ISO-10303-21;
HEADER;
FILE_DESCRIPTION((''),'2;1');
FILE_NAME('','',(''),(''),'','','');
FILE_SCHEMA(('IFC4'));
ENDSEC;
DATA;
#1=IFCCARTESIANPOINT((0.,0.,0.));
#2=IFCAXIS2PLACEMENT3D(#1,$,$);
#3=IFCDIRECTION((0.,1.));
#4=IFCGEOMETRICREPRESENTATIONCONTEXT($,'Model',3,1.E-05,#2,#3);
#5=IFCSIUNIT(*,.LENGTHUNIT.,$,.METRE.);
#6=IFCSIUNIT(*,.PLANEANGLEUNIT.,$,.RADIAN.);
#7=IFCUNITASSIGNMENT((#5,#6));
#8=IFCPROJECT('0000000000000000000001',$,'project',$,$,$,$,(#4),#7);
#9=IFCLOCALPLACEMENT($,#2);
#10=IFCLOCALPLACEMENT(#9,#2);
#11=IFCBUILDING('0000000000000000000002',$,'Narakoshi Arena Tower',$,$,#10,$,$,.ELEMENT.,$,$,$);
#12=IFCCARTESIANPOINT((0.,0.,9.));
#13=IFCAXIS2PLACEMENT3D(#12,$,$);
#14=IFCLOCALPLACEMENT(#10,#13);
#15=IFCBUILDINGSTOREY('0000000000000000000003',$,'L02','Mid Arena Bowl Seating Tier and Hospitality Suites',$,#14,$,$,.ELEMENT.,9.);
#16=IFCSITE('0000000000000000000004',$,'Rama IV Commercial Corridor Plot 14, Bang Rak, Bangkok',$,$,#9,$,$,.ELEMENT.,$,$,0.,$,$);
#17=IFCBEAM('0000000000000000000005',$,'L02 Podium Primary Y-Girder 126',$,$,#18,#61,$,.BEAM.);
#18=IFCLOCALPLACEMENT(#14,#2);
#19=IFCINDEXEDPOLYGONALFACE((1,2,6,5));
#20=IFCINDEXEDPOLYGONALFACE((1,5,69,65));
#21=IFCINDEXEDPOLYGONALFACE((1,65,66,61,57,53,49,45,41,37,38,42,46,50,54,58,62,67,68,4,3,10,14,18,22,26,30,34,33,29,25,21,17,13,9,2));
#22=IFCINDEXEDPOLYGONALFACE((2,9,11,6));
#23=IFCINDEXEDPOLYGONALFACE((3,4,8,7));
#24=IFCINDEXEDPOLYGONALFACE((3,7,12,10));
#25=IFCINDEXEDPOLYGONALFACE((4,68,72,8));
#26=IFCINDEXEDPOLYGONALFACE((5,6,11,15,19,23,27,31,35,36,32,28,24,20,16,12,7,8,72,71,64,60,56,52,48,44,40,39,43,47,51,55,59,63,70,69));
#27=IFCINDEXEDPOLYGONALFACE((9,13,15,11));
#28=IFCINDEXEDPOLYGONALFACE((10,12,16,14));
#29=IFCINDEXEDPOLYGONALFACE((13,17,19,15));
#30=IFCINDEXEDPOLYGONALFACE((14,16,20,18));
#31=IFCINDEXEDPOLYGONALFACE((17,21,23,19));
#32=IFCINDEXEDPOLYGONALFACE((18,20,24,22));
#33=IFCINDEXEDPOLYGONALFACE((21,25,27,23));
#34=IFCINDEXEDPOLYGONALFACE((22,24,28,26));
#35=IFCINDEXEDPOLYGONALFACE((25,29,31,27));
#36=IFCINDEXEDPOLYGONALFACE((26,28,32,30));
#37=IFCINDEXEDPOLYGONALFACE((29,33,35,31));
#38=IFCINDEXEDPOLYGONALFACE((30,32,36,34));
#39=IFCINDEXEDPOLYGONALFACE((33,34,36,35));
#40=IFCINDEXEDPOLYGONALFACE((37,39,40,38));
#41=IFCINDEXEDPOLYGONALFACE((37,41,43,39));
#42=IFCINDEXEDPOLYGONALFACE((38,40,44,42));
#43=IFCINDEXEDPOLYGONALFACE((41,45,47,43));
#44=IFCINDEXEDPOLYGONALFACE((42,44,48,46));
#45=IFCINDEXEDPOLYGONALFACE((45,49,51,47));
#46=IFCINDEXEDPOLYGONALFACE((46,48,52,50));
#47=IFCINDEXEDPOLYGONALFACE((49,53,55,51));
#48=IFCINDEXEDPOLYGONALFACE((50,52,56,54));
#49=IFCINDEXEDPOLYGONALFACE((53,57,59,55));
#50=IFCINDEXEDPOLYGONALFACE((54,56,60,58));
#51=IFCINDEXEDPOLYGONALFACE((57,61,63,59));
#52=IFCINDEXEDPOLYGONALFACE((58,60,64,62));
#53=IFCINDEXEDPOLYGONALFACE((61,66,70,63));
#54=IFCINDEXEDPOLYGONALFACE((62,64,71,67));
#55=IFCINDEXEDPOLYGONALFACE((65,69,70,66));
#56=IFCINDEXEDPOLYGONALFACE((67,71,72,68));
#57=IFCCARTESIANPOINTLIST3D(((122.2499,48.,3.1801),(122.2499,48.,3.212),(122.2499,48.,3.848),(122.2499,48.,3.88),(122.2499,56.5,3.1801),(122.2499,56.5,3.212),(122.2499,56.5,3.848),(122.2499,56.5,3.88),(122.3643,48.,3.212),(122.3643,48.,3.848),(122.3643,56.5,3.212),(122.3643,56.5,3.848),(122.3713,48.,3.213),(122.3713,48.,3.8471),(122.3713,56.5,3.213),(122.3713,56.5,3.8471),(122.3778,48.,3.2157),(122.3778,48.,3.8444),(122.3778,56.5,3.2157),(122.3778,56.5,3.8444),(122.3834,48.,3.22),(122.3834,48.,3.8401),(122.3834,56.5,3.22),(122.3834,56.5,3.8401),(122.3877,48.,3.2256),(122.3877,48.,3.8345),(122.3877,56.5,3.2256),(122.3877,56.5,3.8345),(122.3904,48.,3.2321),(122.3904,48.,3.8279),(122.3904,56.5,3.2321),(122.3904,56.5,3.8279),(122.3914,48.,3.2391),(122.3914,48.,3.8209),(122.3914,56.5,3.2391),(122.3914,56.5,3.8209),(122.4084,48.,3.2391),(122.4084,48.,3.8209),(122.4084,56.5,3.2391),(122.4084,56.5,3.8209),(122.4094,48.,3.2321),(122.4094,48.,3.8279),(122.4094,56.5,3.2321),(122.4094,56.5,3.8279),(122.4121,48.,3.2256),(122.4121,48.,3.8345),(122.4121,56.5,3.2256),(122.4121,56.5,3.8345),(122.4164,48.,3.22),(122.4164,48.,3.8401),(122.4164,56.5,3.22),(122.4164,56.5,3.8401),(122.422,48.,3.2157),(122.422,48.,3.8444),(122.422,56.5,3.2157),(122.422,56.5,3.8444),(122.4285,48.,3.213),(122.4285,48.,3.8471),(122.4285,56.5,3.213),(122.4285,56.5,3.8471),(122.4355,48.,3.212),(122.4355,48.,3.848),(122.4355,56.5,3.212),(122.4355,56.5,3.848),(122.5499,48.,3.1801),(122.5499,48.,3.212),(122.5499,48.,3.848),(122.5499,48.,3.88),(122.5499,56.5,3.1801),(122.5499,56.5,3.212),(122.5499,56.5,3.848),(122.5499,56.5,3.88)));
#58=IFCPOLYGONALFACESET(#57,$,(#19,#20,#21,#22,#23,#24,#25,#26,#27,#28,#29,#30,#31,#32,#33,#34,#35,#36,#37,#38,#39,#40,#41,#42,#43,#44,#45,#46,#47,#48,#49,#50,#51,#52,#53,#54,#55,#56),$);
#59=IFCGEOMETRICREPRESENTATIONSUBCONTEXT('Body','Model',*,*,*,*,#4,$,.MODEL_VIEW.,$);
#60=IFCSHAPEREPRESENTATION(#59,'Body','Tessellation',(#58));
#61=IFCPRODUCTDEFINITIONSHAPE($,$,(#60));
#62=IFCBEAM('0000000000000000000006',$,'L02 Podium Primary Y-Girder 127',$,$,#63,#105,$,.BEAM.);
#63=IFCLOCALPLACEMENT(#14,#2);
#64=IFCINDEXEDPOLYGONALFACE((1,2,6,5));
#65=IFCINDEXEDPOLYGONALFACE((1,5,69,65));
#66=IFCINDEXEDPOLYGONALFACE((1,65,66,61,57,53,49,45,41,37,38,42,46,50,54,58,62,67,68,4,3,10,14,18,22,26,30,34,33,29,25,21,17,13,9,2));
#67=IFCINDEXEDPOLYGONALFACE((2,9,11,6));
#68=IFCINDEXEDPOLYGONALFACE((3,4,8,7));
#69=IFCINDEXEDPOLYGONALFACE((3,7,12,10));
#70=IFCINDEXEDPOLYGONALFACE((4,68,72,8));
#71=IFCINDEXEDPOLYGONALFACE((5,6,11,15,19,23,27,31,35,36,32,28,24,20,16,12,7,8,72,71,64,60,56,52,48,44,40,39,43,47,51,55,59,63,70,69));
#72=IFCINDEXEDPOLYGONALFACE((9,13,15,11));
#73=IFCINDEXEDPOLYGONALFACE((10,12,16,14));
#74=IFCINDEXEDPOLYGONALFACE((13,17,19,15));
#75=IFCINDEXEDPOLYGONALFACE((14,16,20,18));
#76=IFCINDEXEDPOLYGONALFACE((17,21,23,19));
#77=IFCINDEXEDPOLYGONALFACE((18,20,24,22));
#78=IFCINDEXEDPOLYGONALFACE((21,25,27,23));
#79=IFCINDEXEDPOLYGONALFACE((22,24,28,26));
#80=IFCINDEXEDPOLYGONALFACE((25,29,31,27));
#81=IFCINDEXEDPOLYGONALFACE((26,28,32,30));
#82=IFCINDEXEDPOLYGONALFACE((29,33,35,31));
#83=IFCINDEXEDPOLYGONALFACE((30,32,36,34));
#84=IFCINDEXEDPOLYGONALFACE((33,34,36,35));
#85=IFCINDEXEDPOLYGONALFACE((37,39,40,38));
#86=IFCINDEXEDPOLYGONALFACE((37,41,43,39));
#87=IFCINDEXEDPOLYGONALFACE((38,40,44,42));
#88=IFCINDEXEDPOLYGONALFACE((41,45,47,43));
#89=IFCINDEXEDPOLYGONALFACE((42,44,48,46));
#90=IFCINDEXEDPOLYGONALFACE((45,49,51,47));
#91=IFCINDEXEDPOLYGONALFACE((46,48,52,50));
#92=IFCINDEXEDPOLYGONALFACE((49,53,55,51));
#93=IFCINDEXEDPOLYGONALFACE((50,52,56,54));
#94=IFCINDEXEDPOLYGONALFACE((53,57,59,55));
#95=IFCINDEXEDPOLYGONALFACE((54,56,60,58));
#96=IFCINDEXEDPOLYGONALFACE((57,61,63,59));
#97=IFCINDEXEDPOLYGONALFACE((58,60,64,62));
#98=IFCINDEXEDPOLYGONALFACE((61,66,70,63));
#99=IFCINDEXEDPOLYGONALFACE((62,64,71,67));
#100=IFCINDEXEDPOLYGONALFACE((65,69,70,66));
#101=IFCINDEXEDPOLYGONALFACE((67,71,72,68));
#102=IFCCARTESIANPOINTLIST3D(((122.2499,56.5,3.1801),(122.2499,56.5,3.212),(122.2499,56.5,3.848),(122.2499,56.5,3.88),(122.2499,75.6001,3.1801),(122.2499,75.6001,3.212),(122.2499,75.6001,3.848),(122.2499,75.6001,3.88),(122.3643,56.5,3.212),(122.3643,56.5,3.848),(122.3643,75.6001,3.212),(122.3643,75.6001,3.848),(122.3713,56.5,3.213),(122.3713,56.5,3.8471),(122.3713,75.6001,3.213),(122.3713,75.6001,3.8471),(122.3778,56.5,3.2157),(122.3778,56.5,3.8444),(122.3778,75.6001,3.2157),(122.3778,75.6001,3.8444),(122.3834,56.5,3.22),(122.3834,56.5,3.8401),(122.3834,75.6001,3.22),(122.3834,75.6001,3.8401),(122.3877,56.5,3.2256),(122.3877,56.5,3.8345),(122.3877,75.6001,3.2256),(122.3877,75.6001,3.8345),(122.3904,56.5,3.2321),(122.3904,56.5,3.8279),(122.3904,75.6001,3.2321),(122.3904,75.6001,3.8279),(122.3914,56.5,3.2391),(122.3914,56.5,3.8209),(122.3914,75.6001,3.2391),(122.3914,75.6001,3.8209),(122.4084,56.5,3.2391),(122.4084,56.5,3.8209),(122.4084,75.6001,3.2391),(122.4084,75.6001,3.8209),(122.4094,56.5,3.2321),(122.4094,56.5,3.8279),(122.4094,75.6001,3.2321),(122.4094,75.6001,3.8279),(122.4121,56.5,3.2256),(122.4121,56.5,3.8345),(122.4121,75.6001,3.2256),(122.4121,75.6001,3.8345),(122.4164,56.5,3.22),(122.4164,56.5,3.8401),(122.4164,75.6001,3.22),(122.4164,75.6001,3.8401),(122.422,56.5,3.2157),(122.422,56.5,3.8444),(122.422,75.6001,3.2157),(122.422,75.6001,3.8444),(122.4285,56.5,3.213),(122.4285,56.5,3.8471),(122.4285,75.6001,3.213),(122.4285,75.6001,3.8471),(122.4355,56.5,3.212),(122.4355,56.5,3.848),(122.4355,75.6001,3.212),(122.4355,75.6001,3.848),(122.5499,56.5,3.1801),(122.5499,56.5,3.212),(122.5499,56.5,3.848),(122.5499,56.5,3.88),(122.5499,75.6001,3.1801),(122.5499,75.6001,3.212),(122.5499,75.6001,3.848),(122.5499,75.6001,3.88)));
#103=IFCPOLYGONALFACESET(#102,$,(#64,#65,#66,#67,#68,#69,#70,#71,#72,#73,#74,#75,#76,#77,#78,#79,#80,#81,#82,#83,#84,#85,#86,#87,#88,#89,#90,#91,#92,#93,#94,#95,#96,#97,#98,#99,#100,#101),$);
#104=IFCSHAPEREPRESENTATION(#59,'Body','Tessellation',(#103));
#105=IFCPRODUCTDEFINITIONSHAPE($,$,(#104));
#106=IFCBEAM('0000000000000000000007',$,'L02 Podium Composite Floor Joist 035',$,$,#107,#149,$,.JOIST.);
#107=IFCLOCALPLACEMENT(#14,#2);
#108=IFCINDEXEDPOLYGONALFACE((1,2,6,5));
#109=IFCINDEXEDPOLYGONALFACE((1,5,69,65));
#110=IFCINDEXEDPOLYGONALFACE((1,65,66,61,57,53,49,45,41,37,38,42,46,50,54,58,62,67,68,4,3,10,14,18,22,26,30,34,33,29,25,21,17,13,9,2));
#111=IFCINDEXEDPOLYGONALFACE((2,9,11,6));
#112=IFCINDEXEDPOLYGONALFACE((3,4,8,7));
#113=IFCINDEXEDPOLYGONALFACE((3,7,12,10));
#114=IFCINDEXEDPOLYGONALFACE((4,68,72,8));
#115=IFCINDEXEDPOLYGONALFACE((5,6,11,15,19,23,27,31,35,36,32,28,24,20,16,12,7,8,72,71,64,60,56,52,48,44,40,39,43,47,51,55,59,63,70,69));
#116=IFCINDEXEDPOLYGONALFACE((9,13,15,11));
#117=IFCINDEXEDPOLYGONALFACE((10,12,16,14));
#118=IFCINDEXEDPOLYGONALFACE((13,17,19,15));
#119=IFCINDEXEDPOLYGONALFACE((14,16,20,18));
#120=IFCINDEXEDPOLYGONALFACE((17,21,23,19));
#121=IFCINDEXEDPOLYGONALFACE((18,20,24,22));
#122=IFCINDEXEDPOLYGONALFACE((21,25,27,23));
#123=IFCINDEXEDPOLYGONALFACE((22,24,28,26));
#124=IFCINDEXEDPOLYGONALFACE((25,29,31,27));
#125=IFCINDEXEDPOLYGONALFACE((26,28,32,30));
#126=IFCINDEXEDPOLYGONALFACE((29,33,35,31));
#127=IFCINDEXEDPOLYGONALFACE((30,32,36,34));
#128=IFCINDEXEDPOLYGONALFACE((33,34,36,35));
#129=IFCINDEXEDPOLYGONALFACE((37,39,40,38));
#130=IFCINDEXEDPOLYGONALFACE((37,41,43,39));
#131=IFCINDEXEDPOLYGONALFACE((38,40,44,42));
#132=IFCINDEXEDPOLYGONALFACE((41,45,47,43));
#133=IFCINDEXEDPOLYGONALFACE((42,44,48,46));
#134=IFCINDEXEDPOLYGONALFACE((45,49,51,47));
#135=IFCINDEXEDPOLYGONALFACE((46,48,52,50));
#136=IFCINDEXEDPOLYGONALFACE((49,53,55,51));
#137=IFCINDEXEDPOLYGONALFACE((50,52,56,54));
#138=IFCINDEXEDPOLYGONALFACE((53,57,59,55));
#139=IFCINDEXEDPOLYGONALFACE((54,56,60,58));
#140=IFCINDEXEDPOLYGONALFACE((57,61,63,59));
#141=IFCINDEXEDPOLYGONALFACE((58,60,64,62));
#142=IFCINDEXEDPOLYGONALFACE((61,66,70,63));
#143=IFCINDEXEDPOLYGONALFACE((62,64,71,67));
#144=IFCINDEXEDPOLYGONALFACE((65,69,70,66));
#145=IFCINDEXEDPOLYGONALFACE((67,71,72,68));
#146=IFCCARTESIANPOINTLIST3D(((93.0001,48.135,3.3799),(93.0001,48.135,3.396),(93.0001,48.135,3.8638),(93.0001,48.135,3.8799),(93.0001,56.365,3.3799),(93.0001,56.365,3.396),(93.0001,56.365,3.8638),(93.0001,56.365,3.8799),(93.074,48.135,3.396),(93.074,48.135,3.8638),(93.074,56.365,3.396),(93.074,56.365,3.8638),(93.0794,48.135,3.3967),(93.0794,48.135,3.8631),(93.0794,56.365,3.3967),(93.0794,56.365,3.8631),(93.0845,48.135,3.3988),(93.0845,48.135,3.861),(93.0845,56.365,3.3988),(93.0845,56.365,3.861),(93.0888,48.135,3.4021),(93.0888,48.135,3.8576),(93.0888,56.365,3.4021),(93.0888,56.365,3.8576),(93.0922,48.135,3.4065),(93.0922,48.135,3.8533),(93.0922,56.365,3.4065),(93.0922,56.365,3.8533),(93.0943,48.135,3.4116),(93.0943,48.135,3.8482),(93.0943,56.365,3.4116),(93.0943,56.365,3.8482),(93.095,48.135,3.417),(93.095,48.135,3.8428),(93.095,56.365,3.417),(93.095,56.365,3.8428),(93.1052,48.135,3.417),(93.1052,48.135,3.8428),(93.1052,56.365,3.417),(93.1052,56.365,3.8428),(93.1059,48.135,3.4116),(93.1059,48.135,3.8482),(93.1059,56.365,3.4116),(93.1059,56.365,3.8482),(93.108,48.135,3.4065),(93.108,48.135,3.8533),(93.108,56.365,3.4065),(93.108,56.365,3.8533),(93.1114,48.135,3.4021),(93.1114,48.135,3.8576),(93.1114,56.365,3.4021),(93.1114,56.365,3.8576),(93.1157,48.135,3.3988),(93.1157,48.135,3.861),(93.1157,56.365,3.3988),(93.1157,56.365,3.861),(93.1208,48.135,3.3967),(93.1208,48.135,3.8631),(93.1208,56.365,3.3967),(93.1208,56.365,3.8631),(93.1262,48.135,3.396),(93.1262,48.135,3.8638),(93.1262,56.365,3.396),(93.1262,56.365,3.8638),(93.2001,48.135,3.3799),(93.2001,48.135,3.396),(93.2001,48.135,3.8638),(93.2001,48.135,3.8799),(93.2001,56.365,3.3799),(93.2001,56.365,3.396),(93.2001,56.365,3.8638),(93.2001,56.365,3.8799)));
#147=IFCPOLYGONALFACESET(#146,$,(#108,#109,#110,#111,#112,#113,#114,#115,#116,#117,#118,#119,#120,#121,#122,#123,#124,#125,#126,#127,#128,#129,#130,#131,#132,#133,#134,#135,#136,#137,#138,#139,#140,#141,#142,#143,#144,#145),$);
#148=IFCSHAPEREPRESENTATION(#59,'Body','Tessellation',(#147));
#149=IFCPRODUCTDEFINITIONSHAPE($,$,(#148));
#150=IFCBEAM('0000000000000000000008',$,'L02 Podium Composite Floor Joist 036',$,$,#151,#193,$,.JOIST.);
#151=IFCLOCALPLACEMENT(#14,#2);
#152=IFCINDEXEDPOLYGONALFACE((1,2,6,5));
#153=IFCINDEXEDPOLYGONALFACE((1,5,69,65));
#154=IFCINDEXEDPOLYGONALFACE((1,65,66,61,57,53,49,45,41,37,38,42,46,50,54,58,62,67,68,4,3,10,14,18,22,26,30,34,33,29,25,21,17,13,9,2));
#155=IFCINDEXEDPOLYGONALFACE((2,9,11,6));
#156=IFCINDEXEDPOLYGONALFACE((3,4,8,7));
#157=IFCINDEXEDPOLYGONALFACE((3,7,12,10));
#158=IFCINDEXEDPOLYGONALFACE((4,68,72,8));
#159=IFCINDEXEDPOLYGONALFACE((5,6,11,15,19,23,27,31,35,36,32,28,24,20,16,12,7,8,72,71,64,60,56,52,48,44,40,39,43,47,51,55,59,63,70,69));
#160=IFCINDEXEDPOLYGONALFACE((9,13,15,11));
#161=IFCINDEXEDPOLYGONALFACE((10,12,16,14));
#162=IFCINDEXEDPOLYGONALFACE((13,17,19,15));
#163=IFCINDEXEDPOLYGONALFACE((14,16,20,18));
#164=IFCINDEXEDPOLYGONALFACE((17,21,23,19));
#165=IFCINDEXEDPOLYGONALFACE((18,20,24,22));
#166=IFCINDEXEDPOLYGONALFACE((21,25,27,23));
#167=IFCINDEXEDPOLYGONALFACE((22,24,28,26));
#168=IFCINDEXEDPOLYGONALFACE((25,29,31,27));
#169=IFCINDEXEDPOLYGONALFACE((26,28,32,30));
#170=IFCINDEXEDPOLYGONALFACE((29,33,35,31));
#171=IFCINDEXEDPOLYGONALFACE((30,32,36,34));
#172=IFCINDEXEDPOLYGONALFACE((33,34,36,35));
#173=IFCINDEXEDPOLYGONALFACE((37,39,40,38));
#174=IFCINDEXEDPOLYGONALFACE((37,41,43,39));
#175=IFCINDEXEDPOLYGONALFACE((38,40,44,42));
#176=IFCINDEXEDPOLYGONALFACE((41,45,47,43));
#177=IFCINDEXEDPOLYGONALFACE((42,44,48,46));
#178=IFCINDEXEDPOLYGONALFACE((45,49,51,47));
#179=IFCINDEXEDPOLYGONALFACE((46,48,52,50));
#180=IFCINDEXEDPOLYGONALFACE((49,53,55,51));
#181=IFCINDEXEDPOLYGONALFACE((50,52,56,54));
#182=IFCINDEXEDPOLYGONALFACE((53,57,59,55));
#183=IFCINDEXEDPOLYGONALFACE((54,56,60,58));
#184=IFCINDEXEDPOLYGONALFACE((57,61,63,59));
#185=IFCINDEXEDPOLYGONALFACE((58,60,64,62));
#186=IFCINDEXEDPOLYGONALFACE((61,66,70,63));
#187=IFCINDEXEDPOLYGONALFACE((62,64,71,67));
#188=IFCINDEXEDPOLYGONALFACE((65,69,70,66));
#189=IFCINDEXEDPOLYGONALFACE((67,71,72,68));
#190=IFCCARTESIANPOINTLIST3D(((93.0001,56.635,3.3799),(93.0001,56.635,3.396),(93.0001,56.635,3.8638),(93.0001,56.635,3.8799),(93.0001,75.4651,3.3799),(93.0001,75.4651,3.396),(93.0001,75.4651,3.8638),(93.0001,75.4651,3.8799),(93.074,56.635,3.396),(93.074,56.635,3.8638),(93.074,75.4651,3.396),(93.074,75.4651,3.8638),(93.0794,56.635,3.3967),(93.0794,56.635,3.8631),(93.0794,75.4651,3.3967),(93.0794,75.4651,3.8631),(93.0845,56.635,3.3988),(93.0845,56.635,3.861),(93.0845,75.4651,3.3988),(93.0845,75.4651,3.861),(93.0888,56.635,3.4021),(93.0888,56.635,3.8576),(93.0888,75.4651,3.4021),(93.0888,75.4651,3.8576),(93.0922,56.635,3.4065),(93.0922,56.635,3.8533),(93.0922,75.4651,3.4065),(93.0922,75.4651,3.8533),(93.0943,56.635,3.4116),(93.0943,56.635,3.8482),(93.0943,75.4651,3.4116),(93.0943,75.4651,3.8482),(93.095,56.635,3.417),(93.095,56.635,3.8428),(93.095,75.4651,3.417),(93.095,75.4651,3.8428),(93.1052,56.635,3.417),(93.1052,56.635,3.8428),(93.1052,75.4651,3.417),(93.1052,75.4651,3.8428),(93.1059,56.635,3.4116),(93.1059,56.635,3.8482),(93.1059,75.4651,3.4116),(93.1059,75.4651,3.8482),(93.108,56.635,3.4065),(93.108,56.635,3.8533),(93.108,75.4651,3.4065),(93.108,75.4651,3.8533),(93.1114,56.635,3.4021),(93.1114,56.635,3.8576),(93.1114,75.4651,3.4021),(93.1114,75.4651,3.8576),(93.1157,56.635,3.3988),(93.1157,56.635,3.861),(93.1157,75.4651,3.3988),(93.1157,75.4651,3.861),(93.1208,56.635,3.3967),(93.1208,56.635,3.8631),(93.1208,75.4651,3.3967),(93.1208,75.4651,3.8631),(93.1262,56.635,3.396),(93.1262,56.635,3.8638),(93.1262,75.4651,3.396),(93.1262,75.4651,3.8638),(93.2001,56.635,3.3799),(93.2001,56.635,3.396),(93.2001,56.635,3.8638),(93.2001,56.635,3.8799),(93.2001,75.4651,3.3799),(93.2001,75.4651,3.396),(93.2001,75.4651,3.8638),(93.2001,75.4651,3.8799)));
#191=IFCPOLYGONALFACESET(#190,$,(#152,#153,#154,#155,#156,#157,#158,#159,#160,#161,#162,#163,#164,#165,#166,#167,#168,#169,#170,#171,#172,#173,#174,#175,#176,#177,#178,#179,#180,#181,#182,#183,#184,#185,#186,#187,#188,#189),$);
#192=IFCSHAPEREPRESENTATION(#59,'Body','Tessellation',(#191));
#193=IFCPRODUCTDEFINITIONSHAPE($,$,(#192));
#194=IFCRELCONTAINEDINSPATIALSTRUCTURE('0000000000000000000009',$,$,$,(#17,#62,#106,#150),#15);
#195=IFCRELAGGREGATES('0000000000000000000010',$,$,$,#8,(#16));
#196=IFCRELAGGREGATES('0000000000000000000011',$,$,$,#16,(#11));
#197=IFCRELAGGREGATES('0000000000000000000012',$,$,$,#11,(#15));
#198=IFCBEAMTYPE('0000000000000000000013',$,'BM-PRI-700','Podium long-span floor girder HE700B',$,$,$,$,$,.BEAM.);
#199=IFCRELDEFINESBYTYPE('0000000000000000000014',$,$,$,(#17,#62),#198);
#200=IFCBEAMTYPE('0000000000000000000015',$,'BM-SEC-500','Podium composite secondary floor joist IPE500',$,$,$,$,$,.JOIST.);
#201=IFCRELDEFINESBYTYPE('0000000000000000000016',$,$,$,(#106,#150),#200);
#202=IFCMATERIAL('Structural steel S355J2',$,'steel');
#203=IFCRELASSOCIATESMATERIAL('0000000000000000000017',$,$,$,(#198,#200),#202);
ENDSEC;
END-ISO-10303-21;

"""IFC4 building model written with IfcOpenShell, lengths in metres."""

from ifc_helpers import new_model, si_unit, direction, frame, origin, origin_2d, place, context, subcontext, project, spatial, i_section, extrude, material, material_profile, profile_set, type_object, element, save


model = new_model("IFC4")

# Units and contexts
model_context = context("Model", 3, precision=1e-05, world=origin(), true_north=direction((0.0, 1.0)))
body_context = subcontext(model_context, "Body", "Model", "MODEL_VIEW")
ifc_project = project(units=[si_unit("LENGTHUNIT", "METRE"), si_unit("PLANEANGLEUNIT", "RADIAN")], contexts=[model_context])

# Site, building, storey
site_placement = place(None, origin())
site = spatial("IfcSite", under=ifc_project, at=site_placement, Name="Rama IV Commercial Corridor Plot 14, Bang Rak, Bangkok", CompositionType="ELEMENT", RefElevation=0.0)
building_placement = place(site_placement, origin())
building = spatial("IfcBuilding", under=site, at=building_placement, Name="Narakoshi Arena Tower", CompositionType="ELEMENT")
storey_placement = place(building_placement, frame((0.0, 0.0, 9.0)))
storey = spatial("IfcBuildingStorey", under=building, at=storey_placement, Name="L02", Description="Mid Arena Bowl Seating Tier and Hospitality Suites", CompositionType="ELEMENT", Elevation=9.0)

# Beams
ifc_material_1 = material(Name="Structural steel S355J2", Category="steel")
ifc_material_profile_1 = material_profile(ifc_material_1, i_section(OverallWidth=0.3, OverallDepth=0.7, WebThickness=0.0171, FlangeThickness=0.032, FilletRadius=0.0271, at=origin_2d()), Name="HE700B")
ifc_profile_set_1 = profile_set([ifc_material_profile_1], Name="Structural steel S355J2")
beam_type_1 = type_object("IfcBeamType", Name="BM-PRI-700", Description="Podium long-span floor girder HE700B", PredefinedType="BEAM", material=ifc_profile_set_1)
beam_1_placement = place(storey_placement, frame((122.3999, 48.0, 3.53), z_axis=(0.0, 1.0, 0.0), x_axis=(-1.0, 0.0, 0.0)))
element("IfcBeam", 1, at=beam_1_placement, inside=storey, type_object=beam_type_1, Name="L02 Podium Primary Y-Girder 126", PredefinedType="BEAM", context=body_context, shape_type="SweptSolid", body=[
    extrude(i_section(OverallWidth=0.3, OverallDepth=0.7, WebThickness=0.0171, FlangeThickness=0.032, FilletRadius=0.0271, at=origin_2d()), origin(), (0.0, 0.0, 1.0), 8.5),
])
beam_2_placement = place(storey_placement, frame((122.3999, 56.5, 3.53), z_axis=(0.0, 1.0, 0.0), x_axis=(-1.0, 0.0, 0.0)))
element("IfcBeam", 2, at=beam_2_placement, inside=storey, type_object=beam_type_1, Name="L02 Podium Primary Y-Girder 127", PredefinedType="BEAM", context=body_context, shape_type="SweptSolid", body=[
    extrude(i_section(OverallWidth=0.3, OverallDepth=0.7, WebThickness=0.0171, FlangeThickness=0.032, FilletRadius=0.0271, at=origin_2d()), origin(), (0.0, 0.0, 1.0), 19.1001),
])
ifc_material_profile_2 = material_profile(ifc_material_1, i_section(OverallWidth=0.2, OverallDepth=0.5, WebThickness=0.0103, FlangeThickness=0.0161, FilletRadius=0.021, at=origin_2d()), Name="IPE500")
ifc_profile_set_2 = profile_set([ifc_material_profile_2], Name="Structural steel S355J2")
beam_type_2 = type_object("IfcBeamType", Name="BM-SEC-500", Description="Podium composite secondary floor joist IPE500", PredefinedType="JOIST", material=ifc_profile_set_2)
beam_3_placement = place(storey_placement, frame((93.1001, 48.135, 3.6299), z_axis=(0.0, 1.0, 0.0), x_axis=(-1.0, 0.0, 0.0)))
element("IfcBeam", 3, at=beam_3_placement, inside=storey, type_object=beam_type_2, Name="L02 Podium Composite Floor Joist 035", PredefinedType="JOIST", context=body_context, shape_type="SweptSolid", body=[
    extrude(i_section(OverallWidth=0.2, OverallDepth=0.5, WebThickness=0.0103, FlangeThickness=0.0161, FilletRadius=0.021, at=origin_2d()), origin(), (0.0, 0.0, 1.0), 8.23),
])
beam_4_placement = place(storey_placement, frame((93.1001, 56.635, 3.6299), z_axis=(0.0, 1.0, 0.0), x_axis=(-1.0, 0.0, 0.0)))
element("IfcBeam", 4, at=beam_4_placement, inside=storey, type_object=beam_type_2, Name="L02 Podium Composite Floor Joist 036", PredefinedType="JOIST", context=body_context, shape_type="SweptSolid", body=[
    extrude(i_section(OverallWidth=0.2, OverallDepth=0.5, WebThickness=0.0103, FlangeThickness=0.0161, FilletRadius=0.021, at=origin_2d()), origin(), (0.0, 0.0, 1.0), 18.8301),
])

save(model, "model.ifc")
